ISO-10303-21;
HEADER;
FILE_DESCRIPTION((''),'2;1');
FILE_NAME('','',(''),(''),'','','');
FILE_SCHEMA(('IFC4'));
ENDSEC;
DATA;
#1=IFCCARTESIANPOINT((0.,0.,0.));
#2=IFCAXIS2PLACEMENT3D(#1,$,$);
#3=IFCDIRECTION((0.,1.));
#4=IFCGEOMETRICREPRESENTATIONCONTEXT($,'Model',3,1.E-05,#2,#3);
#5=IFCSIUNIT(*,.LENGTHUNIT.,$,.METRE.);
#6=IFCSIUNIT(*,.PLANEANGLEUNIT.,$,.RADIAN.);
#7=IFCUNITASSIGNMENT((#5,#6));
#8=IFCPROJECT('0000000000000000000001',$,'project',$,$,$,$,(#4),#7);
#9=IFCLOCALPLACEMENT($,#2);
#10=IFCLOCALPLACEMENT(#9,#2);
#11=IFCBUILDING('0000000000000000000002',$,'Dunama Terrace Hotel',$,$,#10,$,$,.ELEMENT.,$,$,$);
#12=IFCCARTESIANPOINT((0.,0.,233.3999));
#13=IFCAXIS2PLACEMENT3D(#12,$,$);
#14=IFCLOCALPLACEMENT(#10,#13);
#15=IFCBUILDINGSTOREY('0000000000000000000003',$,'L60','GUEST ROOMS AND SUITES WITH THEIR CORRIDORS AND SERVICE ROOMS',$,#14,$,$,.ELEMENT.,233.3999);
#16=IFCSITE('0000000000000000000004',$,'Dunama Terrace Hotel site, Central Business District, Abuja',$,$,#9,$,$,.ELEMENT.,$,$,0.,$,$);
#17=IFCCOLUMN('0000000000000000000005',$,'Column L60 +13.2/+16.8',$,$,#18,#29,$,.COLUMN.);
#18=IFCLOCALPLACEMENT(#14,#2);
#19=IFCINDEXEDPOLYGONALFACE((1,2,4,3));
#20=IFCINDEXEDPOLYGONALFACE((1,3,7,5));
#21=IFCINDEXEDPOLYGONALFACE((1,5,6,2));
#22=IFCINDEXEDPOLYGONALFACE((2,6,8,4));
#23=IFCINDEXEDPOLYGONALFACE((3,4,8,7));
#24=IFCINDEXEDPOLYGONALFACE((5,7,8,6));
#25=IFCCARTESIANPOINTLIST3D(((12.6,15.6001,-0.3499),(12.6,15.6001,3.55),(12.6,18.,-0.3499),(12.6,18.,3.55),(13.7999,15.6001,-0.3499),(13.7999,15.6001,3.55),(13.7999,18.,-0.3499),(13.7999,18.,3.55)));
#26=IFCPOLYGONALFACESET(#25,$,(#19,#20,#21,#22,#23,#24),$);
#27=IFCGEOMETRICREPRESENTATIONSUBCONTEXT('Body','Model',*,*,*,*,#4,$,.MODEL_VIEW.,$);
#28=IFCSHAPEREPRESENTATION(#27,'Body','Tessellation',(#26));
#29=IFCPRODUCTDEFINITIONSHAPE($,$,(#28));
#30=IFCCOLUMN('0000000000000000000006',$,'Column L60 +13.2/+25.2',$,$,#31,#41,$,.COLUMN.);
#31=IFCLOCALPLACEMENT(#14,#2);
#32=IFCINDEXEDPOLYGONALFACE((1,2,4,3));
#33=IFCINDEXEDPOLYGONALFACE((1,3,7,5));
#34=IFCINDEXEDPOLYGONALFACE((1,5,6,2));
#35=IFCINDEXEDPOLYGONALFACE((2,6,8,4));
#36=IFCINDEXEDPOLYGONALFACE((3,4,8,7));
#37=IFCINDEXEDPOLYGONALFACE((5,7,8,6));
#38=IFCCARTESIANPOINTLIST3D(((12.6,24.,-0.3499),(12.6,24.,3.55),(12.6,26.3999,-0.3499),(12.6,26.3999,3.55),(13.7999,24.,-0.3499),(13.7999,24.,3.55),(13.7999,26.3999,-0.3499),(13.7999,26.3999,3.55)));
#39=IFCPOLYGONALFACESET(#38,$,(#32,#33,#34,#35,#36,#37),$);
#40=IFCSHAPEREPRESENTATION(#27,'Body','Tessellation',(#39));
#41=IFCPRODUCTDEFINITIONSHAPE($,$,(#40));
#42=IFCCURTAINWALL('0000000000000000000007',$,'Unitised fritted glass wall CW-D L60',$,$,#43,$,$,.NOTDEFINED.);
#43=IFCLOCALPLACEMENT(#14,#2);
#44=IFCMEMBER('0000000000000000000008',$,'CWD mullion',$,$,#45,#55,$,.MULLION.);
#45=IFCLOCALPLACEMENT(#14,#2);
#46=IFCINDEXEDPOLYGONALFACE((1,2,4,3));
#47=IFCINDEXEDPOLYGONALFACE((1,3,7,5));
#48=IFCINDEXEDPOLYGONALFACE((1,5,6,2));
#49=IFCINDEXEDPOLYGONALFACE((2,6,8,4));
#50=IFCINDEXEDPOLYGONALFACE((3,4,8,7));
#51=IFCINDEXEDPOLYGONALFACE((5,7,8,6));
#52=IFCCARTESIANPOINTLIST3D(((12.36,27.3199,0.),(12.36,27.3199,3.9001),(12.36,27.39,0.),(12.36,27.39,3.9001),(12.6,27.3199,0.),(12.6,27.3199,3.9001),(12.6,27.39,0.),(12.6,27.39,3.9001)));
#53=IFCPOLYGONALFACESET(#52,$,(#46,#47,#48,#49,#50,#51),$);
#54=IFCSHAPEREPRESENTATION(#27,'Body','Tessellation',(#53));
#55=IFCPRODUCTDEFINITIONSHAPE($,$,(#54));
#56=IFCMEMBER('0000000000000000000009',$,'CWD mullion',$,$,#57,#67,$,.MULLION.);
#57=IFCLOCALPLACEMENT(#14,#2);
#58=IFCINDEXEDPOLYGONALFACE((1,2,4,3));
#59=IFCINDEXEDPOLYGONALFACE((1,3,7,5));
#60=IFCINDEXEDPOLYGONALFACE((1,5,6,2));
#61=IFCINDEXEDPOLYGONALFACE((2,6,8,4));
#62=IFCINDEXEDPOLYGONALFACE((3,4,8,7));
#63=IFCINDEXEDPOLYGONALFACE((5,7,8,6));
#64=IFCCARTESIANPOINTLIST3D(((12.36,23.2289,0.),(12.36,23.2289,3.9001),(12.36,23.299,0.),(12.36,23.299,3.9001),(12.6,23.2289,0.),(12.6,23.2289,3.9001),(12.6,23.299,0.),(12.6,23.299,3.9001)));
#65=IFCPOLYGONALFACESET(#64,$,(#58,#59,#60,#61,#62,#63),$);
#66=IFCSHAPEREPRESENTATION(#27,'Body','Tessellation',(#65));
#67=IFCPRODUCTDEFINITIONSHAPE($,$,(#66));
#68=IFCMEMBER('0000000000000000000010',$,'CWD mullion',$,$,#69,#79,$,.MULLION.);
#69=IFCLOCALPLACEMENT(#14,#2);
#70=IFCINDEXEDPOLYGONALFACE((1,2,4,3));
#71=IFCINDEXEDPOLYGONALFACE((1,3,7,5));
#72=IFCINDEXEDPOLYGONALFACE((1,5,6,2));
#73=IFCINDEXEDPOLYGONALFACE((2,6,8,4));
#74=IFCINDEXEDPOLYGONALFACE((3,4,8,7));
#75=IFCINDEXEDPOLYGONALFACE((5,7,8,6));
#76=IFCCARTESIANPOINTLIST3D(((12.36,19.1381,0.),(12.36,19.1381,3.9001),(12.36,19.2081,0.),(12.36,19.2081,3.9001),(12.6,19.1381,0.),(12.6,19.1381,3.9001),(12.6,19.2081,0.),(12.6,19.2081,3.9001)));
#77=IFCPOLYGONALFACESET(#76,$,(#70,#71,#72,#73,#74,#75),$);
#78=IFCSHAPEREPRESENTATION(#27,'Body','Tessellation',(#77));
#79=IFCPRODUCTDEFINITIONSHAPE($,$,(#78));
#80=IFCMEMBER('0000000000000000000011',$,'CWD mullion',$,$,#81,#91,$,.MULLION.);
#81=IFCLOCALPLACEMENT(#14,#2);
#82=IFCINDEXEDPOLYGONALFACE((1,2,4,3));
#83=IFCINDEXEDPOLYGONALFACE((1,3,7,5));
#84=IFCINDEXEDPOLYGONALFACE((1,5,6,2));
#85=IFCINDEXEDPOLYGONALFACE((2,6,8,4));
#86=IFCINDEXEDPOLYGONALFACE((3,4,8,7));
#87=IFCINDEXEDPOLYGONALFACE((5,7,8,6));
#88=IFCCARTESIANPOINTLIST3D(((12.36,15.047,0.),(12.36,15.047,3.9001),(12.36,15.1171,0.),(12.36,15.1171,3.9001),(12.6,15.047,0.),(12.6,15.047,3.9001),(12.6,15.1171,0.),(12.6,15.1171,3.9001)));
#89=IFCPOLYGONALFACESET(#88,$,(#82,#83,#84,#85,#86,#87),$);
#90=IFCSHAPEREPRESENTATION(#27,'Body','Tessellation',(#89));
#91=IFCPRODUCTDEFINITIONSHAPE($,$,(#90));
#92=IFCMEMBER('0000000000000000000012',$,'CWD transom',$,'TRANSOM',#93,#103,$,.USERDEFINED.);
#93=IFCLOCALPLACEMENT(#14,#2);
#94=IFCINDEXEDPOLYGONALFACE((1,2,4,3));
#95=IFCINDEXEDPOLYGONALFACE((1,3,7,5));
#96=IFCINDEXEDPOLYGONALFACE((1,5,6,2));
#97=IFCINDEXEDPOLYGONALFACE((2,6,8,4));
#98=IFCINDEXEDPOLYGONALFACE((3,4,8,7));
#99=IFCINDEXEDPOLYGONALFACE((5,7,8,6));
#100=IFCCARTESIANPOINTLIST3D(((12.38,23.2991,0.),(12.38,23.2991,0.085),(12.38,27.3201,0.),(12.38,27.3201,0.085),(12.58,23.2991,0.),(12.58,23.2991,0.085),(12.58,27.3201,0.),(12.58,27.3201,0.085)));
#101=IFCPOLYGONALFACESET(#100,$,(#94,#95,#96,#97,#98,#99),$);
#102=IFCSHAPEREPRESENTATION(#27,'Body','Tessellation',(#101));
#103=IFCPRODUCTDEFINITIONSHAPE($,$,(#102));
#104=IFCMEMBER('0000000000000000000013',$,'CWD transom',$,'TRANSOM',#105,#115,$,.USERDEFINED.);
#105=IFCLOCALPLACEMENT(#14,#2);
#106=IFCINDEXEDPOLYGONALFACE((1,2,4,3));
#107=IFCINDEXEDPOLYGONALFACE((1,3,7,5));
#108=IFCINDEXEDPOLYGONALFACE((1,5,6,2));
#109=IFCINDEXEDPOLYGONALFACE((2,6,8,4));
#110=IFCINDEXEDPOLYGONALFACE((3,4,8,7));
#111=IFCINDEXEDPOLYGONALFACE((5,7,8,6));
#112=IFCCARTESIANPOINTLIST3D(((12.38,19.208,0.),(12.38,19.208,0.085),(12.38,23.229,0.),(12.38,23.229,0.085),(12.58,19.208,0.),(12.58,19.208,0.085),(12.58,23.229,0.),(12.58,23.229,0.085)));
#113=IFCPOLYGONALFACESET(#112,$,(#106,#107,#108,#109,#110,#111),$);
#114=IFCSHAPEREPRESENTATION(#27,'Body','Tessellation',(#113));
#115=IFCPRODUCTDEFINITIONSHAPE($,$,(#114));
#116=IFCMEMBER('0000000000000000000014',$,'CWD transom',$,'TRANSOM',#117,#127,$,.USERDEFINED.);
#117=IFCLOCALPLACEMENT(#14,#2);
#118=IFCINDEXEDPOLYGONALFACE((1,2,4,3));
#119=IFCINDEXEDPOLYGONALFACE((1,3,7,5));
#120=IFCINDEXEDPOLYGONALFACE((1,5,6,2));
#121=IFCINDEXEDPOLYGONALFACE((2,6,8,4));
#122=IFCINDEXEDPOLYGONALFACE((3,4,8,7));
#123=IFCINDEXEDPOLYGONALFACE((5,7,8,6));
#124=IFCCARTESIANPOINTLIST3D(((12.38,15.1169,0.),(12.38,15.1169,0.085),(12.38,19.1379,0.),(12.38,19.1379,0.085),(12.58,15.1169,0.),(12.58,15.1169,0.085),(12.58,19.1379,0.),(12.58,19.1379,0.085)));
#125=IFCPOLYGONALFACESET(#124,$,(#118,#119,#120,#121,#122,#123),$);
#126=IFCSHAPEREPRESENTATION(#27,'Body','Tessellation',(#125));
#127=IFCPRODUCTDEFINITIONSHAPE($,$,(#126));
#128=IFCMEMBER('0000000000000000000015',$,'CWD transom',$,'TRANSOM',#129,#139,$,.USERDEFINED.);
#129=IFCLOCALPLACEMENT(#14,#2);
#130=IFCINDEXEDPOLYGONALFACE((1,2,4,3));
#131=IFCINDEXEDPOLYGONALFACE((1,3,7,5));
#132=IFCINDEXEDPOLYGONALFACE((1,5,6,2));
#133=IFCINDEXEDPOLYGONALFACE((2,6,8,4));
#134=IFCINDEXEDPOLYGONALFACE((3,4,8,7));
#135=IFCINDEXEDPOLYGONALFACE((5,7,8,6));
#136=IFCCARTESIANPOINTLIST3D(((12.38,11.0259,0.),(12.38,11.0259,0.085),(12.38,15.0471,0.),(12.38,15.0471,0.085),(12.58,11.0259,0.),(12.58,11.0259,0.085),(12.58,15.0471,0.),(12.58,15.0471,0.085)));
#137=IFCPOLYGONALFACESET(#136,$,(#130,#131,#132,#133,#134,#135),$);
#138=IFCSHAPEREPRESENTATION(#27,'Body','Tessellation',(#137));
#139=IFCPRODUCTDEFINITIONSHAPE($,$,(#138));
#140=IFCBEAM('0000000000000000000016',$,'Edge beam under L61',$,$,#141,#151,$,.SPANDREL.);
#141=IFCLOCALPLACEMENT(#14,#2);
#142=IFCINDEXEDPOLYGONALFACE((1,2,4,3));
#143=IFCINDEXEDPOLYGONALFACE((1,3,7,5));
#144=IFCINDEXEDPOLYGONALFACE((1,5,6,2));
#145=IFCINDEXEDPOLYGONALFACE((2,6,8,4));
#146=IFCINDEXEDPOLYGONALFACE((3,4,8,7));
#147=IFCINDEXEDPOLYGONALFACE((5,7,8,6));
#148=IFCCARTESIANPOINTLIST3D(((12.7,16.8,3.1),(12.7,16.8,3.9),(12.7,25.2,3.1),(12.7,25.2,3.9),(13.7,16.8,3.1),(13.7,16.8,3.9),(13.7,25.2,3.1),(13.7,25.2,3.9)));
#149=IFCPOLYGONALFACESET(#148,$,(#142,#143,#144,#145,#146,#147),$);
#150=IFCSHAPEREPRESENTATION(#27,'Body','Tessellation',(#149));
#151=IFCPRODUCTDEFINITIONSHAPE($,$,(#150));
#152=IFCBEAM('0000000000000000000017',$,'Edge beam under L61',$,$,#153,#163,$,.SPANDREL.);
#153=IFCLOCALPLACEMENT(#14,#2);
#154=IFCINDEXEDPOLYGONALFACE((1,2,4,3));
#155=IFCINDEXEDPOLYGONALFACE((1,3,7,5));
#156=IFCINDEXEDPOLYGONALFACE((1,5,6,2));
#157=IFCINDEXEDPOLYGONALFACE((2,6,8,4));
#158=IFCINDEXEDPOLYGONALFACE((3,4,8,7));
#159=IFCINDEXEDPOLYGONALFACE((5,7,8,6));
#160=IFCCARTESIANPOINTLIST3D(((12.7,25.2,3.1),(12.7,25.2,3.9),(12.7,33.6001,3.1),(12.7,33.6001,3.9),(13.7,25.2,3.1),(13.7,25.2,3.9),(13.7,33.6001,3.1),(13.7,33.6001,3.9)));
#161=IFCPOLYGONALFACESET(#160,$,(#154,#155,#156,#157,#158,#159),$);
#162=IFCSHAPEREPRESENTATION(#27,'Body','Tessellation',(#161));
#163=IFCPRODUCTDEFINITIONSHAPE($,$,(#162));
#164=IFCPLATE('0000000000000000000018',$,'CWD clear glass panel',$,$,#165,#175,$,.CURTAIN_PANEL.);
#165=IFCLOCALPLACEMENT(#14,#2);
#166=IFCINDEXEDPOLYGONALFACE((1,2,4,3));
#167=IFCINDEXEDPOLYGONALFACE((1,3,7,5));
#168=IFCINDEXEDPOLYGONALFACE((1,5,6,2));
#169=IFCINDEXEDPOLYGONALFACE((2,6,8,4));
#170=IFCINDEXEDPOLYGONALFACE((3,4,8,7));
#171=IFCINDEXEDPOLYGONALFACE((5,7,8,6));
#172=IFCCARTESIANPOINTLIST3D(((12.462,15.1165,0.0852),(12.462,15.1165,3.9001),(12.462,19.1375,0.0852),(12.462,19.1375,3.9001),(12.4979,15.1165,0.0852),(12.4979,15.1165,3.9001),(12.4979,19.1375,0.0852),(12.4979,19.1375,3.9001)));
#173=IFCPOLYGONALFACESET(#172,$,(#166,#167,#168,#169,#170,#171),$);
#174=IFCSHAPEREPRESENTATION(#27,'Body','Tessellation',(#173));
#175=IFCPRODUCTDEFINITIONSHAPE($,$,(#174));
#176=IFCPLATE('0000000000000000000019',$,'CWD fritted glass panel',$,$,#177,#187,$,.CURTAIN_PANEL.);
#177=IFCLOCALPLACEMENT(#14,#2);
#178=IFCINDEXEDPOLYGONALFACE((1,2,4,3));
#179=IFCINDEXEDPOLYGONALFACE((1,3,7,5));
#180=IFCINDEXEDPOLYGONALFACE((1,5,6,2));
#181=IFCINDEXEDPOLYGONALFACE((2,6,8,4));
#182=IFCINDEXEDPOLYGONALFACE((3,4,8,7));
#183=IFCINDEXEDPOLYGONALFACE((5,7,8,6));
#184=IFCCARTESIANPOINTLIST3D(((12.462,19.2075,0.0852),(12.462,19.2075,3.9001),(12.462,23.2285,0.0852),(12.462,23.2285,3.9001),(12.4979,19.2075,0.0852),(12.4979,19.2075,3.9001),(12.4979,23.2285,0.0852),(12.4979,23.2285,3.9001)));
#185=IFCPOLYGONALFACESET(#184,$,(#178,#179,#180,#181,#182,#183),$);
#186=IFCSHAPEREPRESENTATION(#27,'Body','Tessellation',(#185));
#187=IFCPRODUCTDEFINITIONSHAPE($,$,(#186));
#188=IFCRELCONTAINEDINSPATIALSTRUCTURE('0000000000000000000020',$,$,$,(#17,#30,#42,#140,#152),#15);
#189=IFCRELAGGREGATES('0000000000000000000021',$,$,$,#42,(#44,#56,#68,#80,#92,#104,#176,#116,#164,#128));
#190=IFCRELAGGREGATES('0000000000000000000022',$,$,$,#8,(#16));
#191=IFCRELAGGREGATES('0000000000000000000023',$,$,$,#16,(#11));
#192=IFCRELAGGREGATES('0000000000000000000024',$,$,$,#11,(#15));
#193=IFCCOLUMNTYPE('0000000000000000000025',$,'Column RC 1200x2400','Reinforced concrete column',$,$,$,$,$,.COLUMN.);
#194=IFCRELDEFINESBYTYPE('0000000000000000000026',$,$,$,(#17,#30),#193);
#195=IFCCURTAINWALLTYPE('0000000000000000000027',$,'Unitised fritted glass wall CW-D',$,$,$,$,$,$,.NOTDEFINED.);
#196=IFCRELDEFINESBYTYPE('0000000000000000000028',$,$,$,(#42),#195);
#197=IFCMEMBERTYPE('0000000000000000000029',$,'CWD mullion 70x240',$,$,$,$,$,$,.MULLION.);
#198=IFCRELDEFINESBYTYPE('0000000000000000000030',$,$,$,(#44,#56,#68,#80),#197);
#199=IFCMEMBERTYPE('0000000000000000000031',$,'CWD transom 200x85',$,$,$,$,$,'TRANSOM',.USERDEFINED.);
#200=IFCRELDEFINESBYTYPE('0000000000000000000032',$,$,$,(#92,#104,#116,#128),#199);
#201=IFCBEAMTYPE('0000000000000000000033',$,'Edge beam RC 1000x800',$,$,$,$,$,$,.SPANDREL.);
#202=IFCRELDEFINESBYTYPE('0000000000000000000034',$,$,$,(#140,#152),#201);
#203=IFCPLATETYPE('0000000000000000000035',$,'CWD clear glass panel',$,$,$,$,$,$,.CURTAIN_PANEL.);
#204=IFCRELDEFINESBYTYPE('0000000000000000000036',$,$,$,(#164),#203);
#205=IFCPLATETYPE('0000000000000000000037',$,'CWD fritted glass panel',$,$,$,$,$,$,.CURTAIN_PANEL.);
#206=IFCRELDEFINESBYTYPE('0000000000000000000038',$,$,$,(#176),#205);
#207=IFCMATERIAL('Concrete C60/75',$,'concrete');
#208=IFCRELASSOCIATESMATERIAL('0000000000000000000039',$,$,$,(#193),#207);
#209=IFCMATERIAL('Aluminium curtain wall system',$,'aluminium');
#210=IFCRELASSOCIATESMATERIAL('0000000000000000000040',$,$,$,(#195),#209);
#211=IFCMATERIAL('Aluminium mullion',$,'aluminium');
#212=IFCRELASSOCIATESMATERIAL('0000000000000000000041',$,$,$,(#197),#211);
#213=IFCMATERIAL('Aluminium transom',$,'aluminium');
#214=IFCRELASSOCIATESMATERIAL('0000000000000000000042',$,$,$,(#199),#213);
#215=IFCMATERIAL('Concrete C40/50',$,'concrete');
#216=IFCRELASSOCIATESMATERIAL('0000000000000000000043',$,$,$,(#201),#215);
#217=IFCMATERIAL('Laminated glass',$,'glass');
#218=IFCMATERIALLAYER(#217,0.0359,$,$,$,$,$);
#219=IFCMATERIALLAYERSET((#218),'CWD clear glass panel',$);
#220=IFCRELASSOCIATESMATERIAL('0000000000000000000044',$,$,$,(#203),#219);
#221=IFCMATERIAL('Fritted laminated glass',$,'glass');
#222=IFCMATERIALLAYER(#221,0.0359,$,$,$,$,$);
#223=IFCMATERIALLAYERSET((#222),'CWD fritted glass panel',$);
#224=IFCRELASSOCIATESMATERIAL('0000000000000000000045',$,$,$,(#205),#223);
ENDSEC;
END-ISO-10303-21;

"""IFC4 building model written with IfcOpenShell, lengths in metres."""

from ifc_helpers import new_model, si_unit, direction, frame, origin, origin_2d, place, context, subcontext, project, spatial, rectangle, extrude, material, layer, layer_set, material_profile, profile_set, type_object, element, aggregate, save


model = new_model("IFC4")

# Units and contexts
model_context = context("Model", 3, precision=1e-05, world=origin(), true_north=direction((0.0, 1.0)))
body_context = subcontext(model_context, "Body", "Model", "MODEL_VIEW")
ifc_project = project(units=[si_unit("LENGTHUNIT", "METRE"), si_unit("PLANEANGLEUNIT", "RADIAN")], contexts=[model_context])

# Site, building, storey
site_placement = place(None, origin())
site = spatial("IfcSite", under=ifc_project, at=site_placement, Name="Dunama Terrace Hotel site, Central Business District, Abuja", CompositionType="ELEMENT", RefElevation=0.0)
building_placement = place(site_placement, origin())
building = spatial("IfcBuilding", under=site, at=building_placement, Name="Dunama Terrace Hotel", CompositionType="ELEMENT")
storey_placement = place(building_placement, frame((0.0, 0.0, 233.3999)))
storey = spatial("IfcBuildingStorey", under=building, at=storey_placement, Name="L60", Description="GUEST ROOMS AND SUITES WITH THEIR CORRIDORS AND SERVICE ROOMS", CompositionType="ELEMENT", Elevation=233.3999)

# Columns
ifc_material_1 = material(Name="Concrete C60/75", Category="concrete")
ifc_material_profile_1 = material_profile(ifc_material_1, rectangle(XDim=1.2, YDim=2.3999, at=origin_2d()), Name="RC 1200x2400")
ifc_profile_set_1 = profile_set([ifc_material_profile_1], Name="Concrete C60/75")
column_type = type_object("IfcColumnType", Name="Column RC 1200x2400", Description="Reinforced concrete column", PredefinedType="COLUMN", material=ifc_profile_set_1)
for number, where, z_axis, x_axis, name in (
    (1, (13.2, 16.8, -0.3499), (0.0, 0.0, 1.0), (1.0, 0.0, 0.0), "Column L60 +13.2/+16.8"),
    (2, (13.2, 25.2, -0.3499), (0.0, 0.0, 1.0), (1.0, 0.0, 0.0), "Column L60 +13.2/+25.2"),
):
    element("IfcColumn", number, at=place(storey_placement, frame(where, z_axis=z_axis, x_axis=x_axis)), inside=storey, type_object=column_type, Name=name, PredefinedType="COLUMN", context=body_context, shape_type="SweptSolid", body=[
        extrude(rectangle(XDim=1.2, YDim=2.3999, at=origin_2d()), origin(), (0.0, 0.0, 1.0), 3.8999),
    ])

# Curtain wall, members
ifc_material_2 = material(Name="Aluminium curtain wall system", Category="aluminium")
curtain_wall_type = type_object("IfcCurtainWallType", Name="Unitised fritted glass wall CW-D", PredefinedType="NOTDEFINED", material=ifc_material_2)
curtain_wall_placement = place(storey_placement, origin())
curtain_wall = element("IfcCurtainWall", 3, at=curtain_wall_placement, inside=storey, type_object=curtain_wall_type, Name="Unitised fritted glass wall CW-D L60", PredefinedType="NOTDEFINED")
ifc_material_3 = material(Name="Aluminium mullion", Category="aluminium")
ifc_material_profile_2 = material_profile(ifc_material_3, rectangle(XDim=0.0701, YDim=0.24, at=origin_2d()), Name="CWD MULLION 70X240")
ifc_profile_set_2 = profile_set([ifc_material_profile_2], Name="Aluminium mullion")
member_type_1 = type_object("IfcMemberType", Name="CWD mullion 70x240", PredefinedType="MULLION", material=ifc_profile_set_2)
member_1_placement = place(storey_placement, frame((12.48, 27.355, 0.0), z_axis=(0.0, 0.0, 1.0), x_axis=(0.0, -1.0, 0.0)))
member_1 = element("IfcMember", 4, at=member_1_placement, type_object=member_type_1, Name="CWD mullion", PredefinedType="MULLION", context=body_context, shape_type="SweptSolid", body=[
    extrude(rectangle(XDim=0.0701, YDim=0.24, at=origin_2d()), origin(), (0.0, 0.0, 1.0), 3.9001),
])
member_2_placement = place(storey_placement, frame((12.48, 23.2639, 0.0), z_axis=(0.0, 0.0, 1.0), x_axis=(0.0, -1.0, 0.0)))
member_2 = element("IfcMember", 5, at=member_2_placement, type_object=member_type_1, Name="CWD mullion", PredefinedType="MULLION", context=body_context, shape_type="SweptSolid", body=[
    extrude(rectangle(XDim=0.0701, YDim=0.24, at=origin_2d()), origin(), (0.0, 0.0, 1.0), 3.9001),
])
member_3_placement = place(storey_placement, frame((12.48, 19.1731, 0.0), z_axis=(0.0, 0.0, 1.0), x_axis=(0.0, -1.0, 0.0)))
member_3 = element("IfcMember", 6, at=member_3_placement, type_object=member_type_1, Name="CWD mullion", PredefinedType="MULLION", context=body_context, shape_type="SweptSolid", body=[
    extrude(rectangle(XDim=0.0701, YDim=0.24, at=origin_2d()), origin(), (0.0, 0.0, 1.0), 3.9001),
])
member_4_placement = place(storey_placement, frame((12.48, 15.082, 0.0), z_axis=(0.0, 0.0, 1.0), x_axis=(0.0, -1.0, 0.0)))
member_4 = element("IfcMember", 7, at=member_4_placement, type_object=member_type_1, Name="CWD mullion", PredefinedType="MULLION", context=body_context, shape_type="SweptSolid", body=[
    extrude(rectangle(XDim=0.0701, YDim=0.24, at=origin_2d()), origin(), (0.0, 0.0, 1.0), 3.9001),
])
ifc_material_4 = material(Name="Aluminium transom", Category="aluminium")
ifc_material_profile_3 = material_profile(ifc_material_4, rectangle(XDim=0.2, YDim=0.085, at=origin_2d()), Name="CWD TRANSOM 200X85")
ifc_profile_set_3 = profile_set([ifc_material_profile_3], Name="Aluminium transom")
member_type_2 = type_object("IfcMemberType", Name="CWD transom 200x85", ElementType="TRANSOM", PredefinedType="USERDEFINED", material=ifc_profile_set_3)
member_5_placement = place(storey_placement, frame((12.48, 27.3201, 0.0425), z_axis=(0.0, -1.0, 0.0), x_axis=(1.0, 0.0, 0.0)))
member_5 = element("IfcMember", 8, at=member_5_placement, type_object=member_type_2, Name="CWD transom", ObjectType="TRANSOM", PredefinedType="USERDEFINED", context=body_context, shape_type="SweptSolid", body=[
    extrude(rectangle(XDim=0.2, YDim=0.085, at=origin_2d()), origin(), (0.0, 0.0, 1.0), 4.021),
])
member_6_placement = place(storey_placement, frame((12.48, 23.229, 0.0425), z_axis=(0.0, -1.0, 0.0), x_axis=(1.0, 0.0, 0.0)))
member_6 = element("IfcMember", 9, at=member_6_placement, type_object=member_type_2, Name="CWD transom", ObjectType="TRANSOM", PredefinedType="USERDEFINED", context=body_context, shape_type="SweptSolid", body=[
    extrude(rectangle(XDim=0.2, YDim=0.085, at=origin_2d()), origin(), (0.0, 0.0, 1.0), 4.021),
])
member_7_placement = place(storey_placement, frame((12.48, 19.1379, 0.0425), z_axis=(0.0, -1.0, 0.0), x_axis=(1.0, 0.0, 0.0)))
member_7 = element("IfcMember", 10, at=member_7_placement, type_object=member_type_2, Name="CWD transom", ObjectType="TRANSOM", PredefinedType="USERDEFINED", context=body_context, shape_type="SweptSolid", body=[
    extrude(rectangle(XDim=0.2, YDim=0.085, at=origin_2d()), origin(), (0.0, 0.0, 1.0), 4.021),
])
member_8_placement = place(storey_placement, frame((12.48, 15.0471, 0.0425), z_axis=(0.0, -1.0, 0.0), x_axis=(1.0, 0.0, 0.0)))
member_8 = element("IfcMember", 11, at=member_8_placement, type_object=member_type_2, Name="CWD transom", ObjectType="TRANSOM", PredefinedType="USERDEFINED", context=body_context, shape_type="SweptSolid", body=[
    extrude(rectangle(XDim=0.2, YDim=0.085, at=origin_2d()), origin(), (0.0, 0.0, 1.0), 4.0212),
])

# Beams
ifc_material_5 = material(Name="Concrete C40/50", Category="concrete")
ifc_material_profile_4 = material_profile(ifc_material_5, rectangle(XDim=1.0, YDim=0.8, at=origin_2d()), Name="RC 1000x800")
ifc_profile_set_4 = profile_set([ifc_material_profile_4], Name="Concrete C40/50")
beam_type = type_object("IfcBeamType", Name="Edge beam RC 1000x800", PredefinedType="SPANDREL", material=ifc_profile_set_4)
beam_1_placement = place(storey_placement, frame((13.2, 16.8, 3.5), z_axis=(0.0, 1.0, 0.0), x_axis=(-1.0, 0.0, 0.0)))
element("IfcBeam", 12, at=beam_1_placement, inside=storey, type_object=beam_type, Name="Edge beam under L61", PredefinedType="SPANDREL", context=body_context, shape_type="SweptSolid", body=[
    extrude(rectangle(XDim=1.0, YDim=0.8, at=origin_2d()), origin(), (0.0, 0.0, 1.0), 8.3999),
])
beam_2_placement = place(storey_placement, frame((13.2, 25.2, 3.5), z_axis=(0.0, 1.0, 0.0), x_axis=(-1.0, 0.0, 0.0)))
element("IfcBeam", 13, at=beam_2_placement, inside=storey, type_object=beam_type, Name="Edge beam under L61", PredefinedType="SPANDREL", context=body_context, shape_type="SweptSolid", body=[
    extrude(rectangle(XDim=1.0, YDim=0.8, at=origin_2d()), origin(), (0.0, 0.0, 1.0), 8.4001),
])

# Plates
ifc_material_6 = material(Name="Laminated glass", Category="glass")
ifc_layer_1 = layer(ifc_material_6, 0.0359)
ifc_layer_set_1 = layer_set([ifc_layer_1], Name="CWD clear glass panel")
plate_type_1 = type_object("IfcPlateType", Name="CWD clear glass panel", PredefinedType="CURTAIN_PANEL", material=ifc_layer_set_1)
plate_1_placement = place(storey_placement, frame((12.48, 17.127, 0.0852), z_axis=(0.0, 0.0, 1.0), x_axis=(0.0, -1.0, 0.0)))
plate_1 = element("IfcPlate", 14, at=plate_1_placement, type_object=plate_type_1, Name="CWD clear glass panel", PredefinedType="CURTAIN_PANEL", context=body_context, shape_type="SweptSolid", body=[
    extrude(rectangle(XDim=4.021, YDim=0.0359, at=origin_2d()), origin(), (0.0, 0.0, 1.0), 3.8149),
])
ifc_material_7 = material(Name="Fritted laminated glass", Category="glass")
ifc_layer_2 = layer(ifc_material_7, 0.0359)
ifc_layer_set_2 = layer_set([ifc_layer_2], Name="CWD fritted glass panel")
plate_type_2 = type_object("IfcPlateType", Name="CWD fritted glass panel", PredefinedType="CURTAIN_PANEL", material=ifc_layer_set_2)
plate_2_placement = place(storey_placement, frame((12.48, 21.218, 0.0852), z_axis=(0.0, 0.0, 1.0), x_axis=(0.0, -1.0, 0.0)))
plate_2 = element("IfcPlate", 15, at=plate_2_placement, type_object=plate_type_2, Name="CWD fritted glass panel", PredefinedType="CURTAIN_PANEL", context=body_context, shape_type="SweptSolid", body=[
    extrude(rectangle(XDim=4.021, YDim=0.0359, at=origin_2d()), origin(), (0.0, 0.0, 1.0), 3.8149),
])
aggregate(curtain_wall, [member_1, member_2, member_3, member_4, member_5, member_6, plate_2, member_7, plate_1, member_8])

save(model, "model.ifc")
